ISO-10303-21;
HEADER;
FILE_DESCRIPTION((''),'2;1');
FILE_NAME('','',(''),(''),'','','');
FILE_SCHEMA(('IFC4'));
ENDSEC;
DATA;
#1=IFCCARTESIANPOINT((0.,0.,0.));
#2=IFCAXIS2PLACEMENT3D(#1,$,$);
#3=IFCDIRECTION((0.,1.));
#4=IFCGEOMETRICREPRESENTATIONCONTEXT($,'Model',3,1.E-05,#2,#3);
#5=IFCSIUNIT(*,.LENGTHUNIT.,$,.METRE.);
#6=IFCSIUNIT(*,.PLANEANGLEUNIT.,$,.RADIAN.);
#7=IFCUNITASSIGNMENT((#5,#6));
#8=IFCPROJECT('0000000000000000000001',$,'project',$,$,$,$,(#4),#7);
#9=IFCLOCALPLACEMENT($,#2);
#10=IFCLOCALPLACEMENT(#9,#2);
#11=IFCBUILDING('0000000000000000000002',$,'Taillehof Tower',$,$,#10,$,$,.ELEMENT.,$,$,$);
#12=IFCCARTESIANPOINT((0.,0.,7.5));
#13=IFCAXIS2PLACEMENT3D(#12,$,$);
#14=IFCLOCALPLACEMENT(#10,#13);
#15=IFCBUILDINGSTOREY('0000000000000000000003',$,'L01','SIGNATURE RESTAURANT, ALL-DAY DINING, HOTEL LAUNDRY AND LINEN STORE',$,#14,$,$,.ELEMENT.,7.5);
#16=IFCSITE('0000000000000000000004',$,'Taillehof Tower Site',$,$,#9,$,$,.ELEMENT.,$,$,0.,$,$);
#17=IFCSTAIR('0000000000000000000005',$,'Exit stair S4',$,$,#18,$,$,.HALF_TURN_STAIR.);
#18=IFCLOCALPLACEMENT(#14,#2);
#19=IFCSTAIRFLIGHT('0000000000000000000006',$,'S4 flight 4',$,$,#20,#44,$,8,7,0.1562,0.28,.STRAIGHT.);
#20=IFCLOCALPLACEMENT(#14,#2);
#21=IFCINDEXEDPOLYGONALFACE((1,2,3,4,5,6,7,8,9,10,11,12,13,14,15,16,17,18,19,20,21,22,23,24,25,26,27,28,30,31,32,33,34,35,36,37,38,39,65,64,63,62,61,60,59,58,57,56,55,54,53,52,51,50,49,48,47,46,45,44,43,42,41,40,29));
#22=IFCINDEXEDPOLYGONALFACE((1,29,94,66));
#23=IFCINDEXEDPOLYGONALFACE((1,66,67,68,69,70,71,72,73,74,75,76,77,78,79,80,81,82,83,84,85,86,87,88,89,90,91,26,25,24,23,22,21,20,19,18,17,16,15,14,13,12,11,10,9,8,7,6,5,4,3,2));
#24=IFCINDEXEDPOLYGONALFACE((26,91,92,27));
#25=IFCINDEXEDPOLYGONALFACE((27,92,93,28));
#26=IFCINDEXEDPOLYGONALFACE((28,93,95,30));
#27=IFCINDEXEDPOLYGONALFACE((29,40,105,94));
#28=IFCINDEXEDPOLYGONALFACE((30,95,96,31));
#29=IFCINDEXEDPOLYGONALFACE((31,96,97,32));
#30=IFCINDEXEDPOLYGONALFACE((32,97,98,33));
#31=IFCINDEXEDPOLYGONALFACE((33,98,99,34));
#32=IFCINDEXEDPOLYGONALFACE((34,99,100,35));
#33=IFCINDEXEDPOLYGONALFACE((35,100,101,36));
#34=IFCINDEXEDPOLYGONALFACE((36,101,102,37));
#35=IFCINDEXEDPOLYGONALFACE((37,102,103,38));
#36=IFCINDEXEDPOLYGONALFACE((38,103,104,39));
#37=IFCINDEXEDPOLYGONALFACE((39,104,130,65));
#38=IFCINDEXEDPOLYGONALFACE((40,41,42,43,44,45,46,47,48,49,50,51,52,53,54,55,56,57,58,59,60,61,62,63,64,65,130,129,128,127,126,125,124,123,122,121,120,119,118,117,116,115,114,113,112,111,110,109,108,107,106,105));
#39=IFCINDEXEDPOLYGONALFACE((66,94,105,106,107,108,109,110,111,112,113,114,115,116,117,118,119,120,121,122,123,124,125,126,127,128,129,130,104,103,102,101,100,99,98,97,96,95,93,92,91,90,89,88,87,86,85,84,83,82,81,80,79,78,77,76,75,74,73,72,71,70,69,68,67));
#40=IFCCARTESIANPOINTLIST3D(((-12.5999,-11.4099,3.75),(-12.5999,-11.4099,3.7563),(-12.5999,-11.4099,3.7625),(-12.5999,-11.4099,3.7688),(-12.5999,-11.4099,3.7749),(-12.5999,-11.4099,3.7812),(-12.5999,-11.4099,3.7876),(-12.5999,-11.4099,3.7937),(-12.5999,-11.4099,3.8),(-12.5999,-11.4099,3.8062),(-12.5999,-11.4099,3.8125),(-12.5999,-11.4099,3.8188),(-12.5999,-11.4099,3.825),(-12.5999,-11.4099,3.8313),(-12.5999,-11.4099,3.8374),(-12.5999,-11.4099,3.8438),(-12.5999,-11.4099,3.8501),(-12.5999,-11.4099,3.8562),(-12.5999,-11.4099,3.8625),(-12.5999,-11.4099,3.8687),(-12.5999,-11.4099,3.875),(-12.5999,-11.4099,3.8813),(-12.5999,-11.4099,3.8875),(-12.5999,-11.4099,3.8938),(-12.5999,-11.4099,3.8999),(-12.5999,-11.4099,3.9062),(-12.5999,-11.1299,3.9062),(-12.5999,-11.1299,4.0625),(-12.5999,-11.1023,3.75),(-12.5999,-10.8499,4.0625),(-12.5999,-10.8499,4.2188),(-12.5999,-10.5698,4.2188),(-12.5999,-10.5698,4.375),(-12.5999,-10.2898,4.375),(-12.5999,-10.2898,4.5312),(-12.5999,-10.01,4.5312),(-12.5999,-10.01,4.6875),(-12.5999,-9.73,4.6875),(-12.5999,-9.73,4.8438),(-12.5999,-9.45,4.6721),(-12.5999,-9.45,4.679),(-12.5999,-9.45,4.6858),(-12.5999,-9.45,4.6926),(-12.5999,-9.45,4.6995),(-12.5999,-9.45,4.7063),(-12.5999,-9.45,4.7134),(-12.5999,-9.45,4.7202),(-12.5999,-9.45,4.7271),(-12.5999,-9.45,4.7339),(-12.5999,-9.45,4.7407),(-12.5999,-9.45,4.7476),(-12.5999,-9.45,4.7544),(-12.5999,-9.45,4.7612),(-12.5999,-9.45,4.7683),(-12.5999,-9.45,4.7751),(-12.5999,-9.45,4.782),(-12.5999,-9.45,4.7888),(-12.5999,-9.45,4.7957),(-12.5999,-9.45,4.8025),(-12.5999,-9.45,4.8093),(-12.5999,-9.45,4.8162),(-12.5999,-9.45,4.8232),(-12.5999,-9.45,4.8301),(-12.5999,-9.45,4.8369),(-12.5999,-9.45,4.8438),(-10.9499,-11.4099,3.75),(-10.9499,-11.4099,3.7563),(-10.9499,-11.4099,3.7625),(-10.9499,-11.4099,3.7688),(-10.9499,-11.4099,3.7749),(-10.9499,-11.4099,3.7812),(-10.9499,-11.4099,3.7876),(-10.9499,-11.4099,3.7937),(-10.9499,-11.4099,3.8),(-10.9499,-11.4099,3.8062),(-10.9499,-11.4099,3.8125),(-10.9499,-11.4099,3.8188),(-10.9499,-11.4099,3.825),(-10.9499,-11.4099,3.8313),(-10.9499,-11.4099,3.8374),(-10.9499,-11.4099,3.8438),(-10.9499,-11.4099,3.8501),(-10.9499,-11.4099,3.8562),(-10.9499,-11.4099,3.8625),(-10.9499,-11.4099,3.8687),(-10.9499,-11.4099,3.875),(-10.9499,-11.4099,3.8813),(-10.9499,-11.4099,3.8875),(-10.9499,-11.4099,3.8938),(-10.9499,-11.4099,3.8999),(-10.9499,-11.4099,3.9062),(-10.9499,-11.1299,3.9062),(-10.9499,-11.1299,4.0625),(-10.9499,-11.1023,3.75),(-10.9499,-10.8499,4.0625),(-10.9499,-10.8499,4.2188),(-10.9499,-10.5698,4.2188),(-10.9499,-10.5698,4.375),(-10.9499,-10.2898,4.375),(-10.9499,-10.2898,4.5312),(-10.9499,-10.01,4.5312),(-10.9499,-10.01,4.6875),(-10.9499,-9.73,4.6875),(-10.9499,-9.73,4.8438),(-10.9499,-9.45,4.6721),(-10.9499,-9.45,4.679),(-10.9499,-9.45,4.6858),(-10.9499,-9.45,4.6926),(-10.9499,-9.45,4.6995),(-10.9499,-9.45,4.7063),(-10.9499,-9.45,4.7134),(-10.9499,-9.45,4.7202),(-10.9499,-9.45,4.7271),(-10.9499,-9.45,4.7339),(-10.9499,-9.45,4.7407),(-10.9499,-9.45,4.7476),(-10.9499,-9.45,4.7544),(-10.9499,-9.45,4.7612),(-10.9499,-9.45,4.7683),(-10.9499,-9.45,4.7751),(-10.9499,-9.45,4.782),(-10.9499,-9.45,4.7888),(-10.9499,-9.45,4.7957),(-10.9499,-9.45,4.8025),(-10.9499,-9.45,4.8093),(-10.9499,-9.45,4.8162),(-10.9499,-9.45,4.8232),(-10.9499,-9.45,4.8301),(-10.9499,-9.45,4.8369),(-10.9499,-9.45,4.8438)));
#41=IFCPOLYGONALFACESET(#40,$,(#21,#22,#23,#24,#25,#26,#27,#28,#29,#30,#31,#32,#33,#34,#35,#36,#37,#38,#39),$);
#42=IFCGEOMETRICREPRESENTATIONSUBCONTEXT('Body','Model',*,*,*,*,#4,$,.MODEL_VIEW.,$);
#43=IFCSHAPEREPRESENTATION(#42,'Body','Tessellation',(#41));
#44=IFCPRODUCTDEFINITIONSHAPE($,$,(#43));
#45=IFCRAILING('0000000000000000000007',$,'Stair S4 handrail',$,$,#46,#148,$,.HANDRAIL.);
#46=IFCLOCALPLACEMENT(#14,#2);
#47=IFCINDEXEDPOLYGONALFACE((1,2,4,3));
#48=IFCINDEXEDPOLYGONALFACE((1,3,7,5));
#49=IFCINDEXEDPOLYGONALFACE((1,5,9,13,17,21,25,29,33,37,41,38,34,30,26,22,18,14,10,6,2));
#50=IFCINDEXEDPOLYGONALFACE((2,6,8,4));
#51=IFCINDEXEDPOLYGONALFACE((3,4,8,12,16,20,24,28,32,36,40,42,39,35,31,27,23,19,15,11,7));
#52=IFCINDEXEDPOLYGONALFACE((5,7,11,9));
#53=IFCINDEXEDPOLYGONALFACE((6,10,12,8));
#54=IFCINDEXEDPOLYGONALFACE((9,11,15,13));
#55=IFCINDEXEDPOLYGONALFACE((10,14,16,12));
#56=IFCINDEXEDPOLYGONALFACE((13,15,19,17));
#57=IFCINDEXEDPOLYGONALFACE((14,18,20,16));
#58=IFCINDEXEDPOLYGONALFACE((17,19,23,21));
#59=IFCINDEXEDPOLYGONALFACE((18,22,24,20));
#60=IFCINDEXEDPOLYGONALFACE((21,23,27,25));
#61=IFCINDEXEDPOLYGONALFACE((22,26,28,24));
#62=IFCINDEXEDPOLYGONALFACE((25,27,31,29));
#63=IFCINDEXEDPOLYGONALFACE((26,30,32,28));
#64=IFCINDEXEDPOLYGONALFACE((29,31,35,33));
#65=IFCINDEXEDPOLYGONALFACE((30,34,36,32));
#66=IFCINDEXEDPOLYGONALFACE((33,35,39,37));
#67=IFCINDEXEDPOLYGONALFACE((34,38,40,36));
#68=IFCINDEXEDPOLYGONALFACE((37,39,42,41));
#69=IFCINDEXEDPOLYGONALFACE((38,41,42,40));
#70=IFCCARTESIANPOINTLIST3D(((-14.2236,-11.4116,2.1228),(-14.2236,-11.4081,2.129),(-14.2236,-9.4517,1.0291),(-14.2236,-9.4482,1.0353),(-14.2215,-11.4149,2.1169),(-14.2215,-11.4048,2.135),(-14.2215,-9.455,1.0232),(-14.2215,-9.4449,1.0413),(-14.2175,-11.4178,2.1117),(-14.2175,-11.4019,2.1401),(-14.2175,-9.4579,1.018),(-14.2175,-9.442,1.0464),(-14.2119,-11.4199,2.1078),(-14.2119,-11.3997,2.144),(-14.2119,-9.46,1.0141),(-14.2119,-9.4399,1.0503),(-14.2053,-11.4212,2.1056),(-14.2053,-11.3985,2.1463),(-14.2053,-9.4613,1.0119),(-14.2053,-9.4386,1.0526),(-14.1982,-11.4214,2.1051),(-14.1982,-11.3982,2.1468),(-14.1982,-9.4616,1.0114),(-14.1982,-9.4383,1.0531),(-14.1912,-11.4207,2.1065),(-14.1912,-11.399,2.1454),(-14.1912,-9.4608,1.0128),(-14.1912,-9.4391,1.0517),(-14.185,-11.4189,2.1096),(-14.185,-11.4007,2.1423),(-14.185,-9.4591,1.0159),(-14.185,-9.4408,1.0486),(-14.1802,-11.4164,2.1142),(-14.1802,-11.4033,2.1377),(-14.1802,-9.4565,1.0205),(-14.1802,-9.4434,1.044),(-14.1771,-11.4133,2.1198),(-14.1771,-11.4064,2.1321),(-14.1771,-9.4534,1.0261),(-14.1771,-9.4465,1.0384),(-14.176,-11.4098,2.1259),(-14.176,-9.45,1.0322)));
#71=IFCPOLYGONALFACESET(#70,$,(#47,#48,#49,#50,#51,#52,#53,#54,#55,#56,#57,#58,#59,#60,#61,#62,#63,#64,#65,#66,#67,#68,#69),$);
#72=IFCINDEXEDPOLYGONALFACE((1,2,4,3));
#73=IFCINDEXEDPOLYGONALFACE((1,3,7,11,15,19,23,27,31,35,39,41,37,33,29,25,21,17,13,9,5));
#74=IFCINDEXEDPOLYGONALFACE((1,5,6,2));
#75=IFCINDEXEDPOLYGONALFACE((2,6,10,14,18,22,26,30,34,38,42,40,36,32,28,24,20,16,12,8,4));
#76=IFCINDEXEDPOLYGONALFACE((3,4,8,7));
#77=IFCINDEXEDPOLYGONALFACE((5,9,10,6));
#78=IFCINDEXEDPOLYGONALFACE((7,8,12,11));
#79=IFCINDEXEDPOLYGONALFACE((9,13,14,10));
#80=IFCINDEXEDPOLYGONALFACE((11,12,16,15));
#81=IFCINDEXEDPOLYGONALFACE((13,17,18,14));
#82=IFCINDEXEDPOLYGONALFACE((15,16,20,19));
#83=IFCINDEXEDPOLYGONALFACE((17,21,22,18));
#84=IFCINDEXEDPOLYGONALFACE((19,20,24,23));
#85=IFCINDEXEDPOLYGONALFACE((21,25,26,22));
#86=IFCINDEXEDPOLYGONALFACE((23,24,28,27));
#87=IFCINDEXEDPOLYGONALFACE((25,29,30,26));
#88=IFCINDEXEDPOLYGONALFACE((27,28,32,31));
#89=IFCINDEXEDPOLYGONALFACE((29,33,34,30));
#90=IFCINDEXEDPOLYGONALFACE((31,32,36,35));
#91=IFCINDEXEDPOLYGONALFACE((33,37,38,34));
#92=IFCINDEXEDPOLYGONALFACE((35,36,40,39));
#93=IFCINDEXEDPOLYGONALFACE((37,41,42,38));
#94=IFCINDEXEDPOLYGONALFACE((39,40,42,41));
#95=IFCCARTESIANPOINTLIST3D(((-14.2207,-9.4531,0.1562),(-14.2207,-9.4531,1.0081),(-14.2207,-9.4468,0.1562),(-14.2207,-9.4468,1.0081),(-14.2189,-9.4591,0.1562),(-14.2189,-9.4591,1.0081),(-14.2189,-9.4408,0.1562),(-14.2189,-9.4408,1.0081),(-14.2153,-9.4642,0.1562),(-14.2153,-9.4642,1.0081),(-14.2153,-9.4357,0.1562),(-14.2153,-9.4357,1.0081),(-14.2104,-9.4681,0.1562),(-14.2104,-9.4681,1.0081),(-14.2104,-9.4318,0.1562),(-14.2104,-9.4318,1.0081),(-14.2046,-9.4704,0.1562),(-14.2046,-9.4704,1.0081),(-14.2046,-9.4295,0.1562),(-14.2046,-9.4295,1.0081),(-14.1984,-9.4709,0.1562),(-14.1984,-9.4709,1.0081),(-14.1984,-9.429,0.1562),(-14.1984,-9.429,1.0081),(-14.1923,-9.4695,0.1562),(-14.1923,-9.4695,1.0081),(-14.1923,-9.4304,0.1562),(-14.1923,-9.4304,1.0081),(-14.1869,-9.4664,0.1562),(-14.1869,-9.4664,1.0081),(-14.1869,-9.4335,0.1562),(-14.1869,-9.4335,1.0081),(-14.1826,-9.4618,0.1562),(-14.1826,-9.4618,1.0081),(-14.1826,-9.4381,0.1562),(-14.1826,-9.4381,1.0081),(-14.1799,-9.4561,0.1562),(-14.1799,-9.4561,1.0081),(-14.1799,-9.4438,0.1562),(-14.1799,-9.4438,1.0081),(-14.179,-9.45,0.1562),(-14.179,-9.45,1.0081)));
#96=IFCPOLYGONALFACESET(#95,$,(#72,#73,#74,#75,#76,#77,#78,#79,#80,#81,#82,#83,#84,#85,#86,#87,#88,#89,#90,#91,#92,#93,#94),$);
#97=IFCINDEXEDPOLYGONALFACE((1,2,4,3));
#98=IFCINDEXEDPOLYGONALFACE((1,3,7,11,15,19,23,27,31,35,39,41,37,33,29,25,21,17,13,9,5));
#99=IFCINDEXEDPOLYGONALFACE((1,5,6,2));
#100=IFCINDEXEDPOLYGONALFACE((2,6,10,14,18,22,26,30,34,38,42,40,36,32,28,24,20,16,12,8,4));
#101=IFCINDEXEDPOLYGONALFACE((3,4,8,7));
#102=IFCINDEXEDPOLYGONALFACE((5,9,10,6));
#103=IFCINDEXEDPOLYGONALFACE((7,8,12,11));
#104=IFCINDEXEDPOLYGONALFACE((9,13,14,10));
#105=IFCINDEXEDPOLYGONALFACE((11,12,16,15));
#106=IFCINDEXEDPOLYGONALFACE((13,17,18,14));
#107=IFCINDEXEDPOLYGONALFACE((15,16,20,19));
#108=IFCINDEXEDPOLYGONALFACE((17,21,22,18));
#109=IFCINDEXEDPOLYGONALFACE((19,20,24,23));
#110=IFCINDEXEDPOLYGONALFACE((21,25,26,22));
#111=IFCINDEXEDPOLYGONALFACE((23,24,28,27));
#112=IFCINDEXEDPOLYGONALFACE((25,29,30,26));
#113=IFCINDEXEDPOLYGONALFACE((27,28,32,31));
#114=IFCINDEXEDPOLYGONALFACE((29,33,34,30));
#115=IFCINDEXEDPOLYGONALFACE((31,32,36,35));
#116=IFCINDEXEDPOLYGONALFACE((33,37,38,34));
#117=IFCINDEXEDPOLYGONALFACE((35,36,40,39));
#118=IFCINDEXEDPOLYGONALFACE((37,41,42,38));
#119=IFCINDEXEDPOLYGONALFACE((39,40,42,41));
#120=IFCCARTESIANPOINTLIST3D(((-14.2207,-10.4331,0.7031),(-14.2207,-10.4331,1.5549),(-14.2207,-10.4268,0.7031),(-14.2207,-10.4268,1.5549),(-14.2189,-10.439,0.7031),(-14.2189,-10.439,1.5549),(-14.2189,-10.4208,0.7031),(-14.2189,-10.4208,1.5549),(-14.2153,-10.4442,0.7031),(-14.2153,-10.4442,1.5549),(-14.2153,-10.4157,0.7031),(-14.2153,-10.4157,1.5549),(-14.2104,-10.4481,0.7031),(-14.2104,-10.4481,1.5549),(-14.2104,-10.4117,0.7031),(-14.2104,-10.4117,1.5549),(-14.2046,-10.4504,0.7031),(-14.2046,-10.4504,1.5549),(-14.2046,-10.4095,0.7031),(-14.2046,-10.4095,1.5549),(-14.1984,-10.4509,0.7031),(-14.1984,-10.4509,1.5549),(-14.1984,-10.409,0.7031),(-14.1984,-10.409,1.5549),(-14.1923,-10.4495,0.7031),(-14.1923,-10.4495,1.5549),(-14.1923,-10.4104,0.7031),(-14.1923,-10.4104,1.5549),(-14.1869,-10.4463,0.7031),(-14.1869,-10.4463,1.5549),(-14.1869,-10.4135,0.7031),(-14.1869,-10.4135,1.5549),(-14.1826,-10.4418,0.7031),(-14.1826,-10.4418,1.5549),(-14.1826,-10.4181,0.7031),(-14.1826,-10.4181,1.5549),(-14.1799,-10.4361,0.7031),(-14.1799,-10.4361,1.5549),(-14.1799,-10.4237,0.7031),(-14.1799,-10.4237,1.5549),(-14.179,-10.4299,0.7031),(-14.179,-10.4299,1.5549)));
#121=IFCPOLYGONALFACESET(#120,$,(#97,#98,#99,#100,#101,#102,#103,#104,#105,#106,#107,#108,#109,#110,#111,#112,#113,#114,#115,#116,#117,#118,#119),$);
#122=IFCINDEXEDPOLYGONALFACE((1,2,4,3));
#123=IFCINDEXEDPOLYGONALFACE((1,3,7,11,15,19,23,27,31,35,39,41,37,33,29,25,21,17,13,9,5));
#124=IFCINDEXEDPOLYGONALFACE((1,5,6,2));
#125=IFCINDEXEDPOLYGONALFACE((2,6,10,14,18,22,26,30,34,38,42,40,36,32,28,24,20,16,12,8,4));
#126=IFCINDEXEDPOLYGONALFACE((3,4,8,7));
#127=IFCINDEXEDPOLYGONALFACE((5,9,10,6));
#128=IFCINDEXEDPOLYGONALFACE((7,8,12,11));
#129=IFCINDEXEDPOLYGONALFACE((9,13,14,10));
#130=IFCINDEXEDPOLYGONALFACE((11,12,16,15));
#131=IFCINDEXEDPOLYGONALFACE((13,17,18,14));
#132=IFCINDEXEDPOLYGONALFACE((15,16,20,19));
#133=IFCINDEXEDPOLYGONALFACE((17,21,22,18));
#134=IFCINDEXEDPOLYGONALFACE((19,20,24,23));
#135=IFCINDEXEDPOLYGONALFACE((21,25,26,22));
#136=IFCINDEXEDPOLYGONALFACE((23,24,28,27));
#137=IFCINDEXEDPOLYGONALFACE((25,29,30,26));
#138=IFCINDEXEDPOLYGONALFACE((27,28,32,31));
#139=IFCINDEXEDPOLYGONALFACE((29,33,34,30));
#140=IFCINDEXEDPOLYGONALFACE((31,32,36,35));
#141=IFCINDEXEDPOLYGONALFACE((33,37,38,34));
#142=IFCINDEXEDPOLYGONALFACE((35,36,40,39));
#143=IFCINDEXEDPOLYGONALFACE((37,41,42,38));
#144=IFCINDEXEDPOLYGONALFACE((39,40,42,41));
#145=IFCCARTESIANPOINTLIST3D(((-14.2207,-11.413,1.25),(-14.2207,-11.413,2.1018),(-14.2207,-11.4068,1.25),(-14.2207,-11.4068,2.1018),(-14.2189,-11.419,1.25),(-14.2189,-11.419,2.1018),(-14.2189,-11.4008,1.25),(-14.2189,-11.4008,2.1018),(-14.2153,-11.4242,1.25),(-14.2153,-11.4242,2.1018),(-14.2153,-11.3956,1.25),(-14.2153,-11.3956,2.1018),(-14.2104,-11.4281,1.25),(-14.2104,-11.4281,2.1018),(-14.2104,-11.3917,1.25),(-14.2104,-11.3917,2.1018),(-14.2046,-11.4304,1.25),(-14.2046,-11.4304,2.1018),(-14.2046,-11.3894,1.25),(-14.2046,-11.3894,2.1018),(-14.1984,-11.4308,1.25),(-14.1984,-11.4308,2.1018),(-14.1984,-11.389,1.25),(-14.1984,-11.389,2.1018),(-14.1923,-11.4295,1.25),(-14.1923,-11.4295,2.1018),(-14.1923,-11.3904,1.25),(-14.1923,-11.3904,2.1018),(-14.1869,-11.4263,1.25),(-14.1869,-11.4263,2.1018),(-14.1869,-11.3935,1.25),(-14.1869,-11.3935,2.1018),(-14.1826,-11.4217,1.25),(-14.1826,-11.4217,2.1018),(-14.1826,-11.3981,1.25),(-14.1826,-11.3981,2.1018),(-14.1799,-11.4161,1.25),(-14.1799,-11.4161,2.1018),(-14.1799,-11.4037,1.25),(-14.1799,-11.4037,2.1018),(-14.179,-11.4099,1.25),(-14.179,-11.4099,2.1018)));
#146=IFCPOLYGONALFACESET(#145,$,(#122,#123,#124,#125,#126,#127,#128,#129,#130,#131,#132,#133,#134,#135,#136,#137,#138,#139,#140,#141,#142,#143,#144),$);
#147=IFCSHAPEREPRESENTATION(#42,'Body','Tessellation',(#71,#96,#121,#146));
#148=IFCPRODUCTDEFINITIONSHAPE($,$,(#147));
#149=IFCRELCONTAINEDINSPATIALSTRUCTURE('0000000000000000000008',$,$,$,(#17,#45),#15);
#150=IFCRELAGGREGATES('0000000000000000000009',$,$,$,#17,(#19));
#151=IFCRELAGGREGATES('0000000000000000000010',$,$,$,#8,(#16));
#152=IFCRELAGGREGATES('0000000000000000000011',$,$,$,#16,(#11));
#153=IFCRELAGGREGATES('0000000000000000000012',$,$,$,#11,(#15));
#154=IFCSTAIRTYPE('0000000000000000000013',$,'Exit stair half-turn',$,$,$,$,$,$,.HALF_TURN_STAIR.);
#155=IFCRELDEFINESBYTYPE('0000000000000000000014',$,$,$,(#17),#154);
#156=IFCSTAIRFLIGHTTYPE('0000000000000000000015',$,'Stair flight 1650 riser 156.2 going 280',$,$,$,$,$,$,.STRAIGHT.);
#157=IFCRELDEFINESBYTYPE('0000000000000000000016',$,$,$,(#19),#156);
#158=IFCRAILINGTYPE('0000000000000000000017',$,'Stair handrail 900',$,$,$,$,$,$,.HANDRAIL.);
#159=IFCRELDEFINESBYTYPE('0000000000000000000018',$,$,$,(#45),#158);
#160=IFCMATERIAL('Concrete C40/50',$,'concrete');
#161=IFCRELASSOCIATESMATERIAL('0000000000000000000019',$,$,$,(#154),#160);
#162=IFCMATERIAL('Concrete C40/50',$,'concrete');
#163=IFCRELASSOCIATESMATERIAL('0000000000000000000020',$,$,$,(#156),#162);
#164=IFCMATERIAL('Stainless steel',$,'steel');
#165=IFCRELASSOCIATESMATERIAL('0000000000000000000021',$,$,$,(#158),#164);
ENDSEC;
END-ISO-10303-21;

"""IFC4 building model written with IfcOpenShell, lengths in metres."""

from ifc_helpers import new_model, si_unit, direction, frame, origin, origin_2d, place, context, subcontext, project, spatial, polyline, circle, outline, extrude, material, type_object, element, aggregate, save


model = new_model("IFC4")

# Units and contexts
model_context = context("Model", 3, precision=1e-05, world=origin(), true_north=direction((0.0, 1.0)))
body_context = subcontext(model_context, "Body", "Model", "MODEL_VIEW")
ifc_project = project(units=[si_unit("LENGTHUNIT", "METRE"), si_unit("PLANEANGLEUNIT", "RADIAN")], contexts=[model_context])

# Site, building, storey
site_placement = place(None, origin())
site = spatial("IfcSite", under=ifc_project, at=site_placement, Name="Taillehof Tower Site", CompositionType="ELEMENT", RefElevation=0.0)
building_placement = place(site_placement, origin())
building = spatial("IfcBuilding", under=site, at=building_placement, Name="Taillehof Tower", CompositionType="ELEMENT")
storey_placement = place(building_placement, frame((0.0, 0.0, 7.5)))
storey = spatial("IfcBuildingStorey", under=building, at=storey_placement, Name="L01", Description="SIGNATURE RESTAURANT, ALL-DAY DINING, HOTEL LAUNDRY AND LINEN STORE", CompositionType="ELEMENT", Elevation=7.5)

# Stair, stair flight
ifc_material_1 = material(Name="Concrete C40/50", Category="concrete")
stair_type = type_object("IfcStairType", Name="Exit stair half-turn", PredefinedType="HALF_TURN_STAIR", material=ifc_material_1)
stair_placement = place(storey_placement, origin())
stair = element("IfcStair", 1, at=stair_placement, inside=storey, type_object=stair_type, Name="Exit stair S4", PredefinedType="HALF_TURN_STAIR")
ifc_material_2 = material(Name="Concrete C40/50", Category="concrete")
stair_flight_type = type_object("IfcStairFlightType", Name="Stair flight 1650 riser 156.2 going 280", PredefinedType="STRAIGHT", material=ifc_material_2)
stair_flight_1_placement = place(storey_placement, frame((-11.7749, -11.4099, 3.75), z_axis=(0.0, 0.0, 1.0), x_axis=(0.0, 1.0, 0.0)))
stair_flight_1 = element("IfcStairFlight", 2, at=stair_flight_1_placement, type_object=stair_flight_type, Name="S4 flight 4", NumberOfRisers=8, NumberOfTreads=7, PredefinedType="STRAIGHT", RiserHeight=0.1562, TreadLength=0.28, context=body_context, shape_type="SweptSolid", body=[
    extrude(outline(polyline([(0.0, 0.0), (0.0, 0.0063), (0.0, 0.0125), (0.0, 0.0188), (0.0, 0.0249), (0.0, 0.0312), (0.0, 0.0376), (0.0, 0.0437), (0.0, 0.05), (0.0, 0.0562), (0.0, 0.0625), (0.0, 0.0688), (0.0, 0.075), (0.0, 0.0813), (0.0, 0.0874), (0.0, 0.0938), (0.0, 0.1001), (0.0, 0.1062), (0.0, 0.1125), (0.0, 0.1187), (0.0, 0.125), (0.0, 0.1313), (0.0, 0.1375), (0.0, 0.1438), (0.0, 0.1499), (0.0, 0.1562), (0.28, 0.1562), (0.28, 0.3125), (0.5601, 0.3125), (0.5601, 0.4688), (0.8401, 0.4688), (0.8401, 0.625), (1.1201, 0.625), (1.1201, 0.7812), (1.3999, 0.7812), (1.3999, 0.9375), (1.6799, 0.9375), (1.6799, 1.0938), (1.96, 1.0938), (1.96, 1.0869), (1.96, 1.0801), (1.96, 1.0732), (1.96, 1.0662), (1.96, 1.0593), (1.96, 1.0525), (1.96, 1.0457), (1.96, 1.0388), (1.96, 1.032), (1.96, 1.0251), (1.96, 1.0183), (1.96, 1.0112), (1.96, 1.0044), (1.96, 0.9976), (1.96, 0.9907), (1.96, 0.9839), (1.96, 0.9771), (1.96, 0.9702), (1.96, 0.9634), (1.96, 0.9563), (1.96, 0.9495), (1.96, 0.9426), (1.96, 0.9358), (1.96, 0.929), (1.96, 0.9221), (0.3076, 0.0), (0.0, 0.0)])), frame((0.0, 0.825, 0.0), z_axis=(0.0, -1.0, 0.0), x_axis=(1.0, 0.0, 0.0)), (0.0, 0.0, 1.0), 1.65),
])
aggregate(stair, [stair_flight_1])

# Railing
ifc_material_3 = material(Name="Stainless steel", Category="steel")
railing_type = type_object("IfcRailingType", Name="Stair handrail 900", PredefinedType="HANDRAIL", material=ifc_material_3)
railing_1_placement = place(storey_placement, frame((-14.2, -9.45, 0.1562)))
element("IfcRailing", 3, at=railing_1_placement, inside=storey, type_object=railing_type, Name="Stair S4 handrail", PredefinedType="HANDRAIL", context=body_context, shape_type="SweptSolid", body=[
    extrude(circle(Radius=0.0239, at=origin_2d()), frame((0.0, 0.0, 0.876), z_axis=(0.0, -0.873232, 0.487304), x_axis=(1.0, 0.0, 0.0)), (0.0, 0.0, 1.0), 2.2444),
    extrude(circle(Radius=0.021, at=origin_2d()), origin(), (0.0, 0.0, 1.0), 0.8518),
    extrude(circle(Radius=0.021, at=origin_2d()), frame((0.0, -0.98, 0.5469)), (0.0, 0.0, 1.0), 0.8518),
    extrude(circle(Radius=0.021, at=origin_2d()), frame((0.0, -1.96, 1.0938)), (0.0, 0.0, 1.0), 0.8518),
])

save(model, "model.ifc")
